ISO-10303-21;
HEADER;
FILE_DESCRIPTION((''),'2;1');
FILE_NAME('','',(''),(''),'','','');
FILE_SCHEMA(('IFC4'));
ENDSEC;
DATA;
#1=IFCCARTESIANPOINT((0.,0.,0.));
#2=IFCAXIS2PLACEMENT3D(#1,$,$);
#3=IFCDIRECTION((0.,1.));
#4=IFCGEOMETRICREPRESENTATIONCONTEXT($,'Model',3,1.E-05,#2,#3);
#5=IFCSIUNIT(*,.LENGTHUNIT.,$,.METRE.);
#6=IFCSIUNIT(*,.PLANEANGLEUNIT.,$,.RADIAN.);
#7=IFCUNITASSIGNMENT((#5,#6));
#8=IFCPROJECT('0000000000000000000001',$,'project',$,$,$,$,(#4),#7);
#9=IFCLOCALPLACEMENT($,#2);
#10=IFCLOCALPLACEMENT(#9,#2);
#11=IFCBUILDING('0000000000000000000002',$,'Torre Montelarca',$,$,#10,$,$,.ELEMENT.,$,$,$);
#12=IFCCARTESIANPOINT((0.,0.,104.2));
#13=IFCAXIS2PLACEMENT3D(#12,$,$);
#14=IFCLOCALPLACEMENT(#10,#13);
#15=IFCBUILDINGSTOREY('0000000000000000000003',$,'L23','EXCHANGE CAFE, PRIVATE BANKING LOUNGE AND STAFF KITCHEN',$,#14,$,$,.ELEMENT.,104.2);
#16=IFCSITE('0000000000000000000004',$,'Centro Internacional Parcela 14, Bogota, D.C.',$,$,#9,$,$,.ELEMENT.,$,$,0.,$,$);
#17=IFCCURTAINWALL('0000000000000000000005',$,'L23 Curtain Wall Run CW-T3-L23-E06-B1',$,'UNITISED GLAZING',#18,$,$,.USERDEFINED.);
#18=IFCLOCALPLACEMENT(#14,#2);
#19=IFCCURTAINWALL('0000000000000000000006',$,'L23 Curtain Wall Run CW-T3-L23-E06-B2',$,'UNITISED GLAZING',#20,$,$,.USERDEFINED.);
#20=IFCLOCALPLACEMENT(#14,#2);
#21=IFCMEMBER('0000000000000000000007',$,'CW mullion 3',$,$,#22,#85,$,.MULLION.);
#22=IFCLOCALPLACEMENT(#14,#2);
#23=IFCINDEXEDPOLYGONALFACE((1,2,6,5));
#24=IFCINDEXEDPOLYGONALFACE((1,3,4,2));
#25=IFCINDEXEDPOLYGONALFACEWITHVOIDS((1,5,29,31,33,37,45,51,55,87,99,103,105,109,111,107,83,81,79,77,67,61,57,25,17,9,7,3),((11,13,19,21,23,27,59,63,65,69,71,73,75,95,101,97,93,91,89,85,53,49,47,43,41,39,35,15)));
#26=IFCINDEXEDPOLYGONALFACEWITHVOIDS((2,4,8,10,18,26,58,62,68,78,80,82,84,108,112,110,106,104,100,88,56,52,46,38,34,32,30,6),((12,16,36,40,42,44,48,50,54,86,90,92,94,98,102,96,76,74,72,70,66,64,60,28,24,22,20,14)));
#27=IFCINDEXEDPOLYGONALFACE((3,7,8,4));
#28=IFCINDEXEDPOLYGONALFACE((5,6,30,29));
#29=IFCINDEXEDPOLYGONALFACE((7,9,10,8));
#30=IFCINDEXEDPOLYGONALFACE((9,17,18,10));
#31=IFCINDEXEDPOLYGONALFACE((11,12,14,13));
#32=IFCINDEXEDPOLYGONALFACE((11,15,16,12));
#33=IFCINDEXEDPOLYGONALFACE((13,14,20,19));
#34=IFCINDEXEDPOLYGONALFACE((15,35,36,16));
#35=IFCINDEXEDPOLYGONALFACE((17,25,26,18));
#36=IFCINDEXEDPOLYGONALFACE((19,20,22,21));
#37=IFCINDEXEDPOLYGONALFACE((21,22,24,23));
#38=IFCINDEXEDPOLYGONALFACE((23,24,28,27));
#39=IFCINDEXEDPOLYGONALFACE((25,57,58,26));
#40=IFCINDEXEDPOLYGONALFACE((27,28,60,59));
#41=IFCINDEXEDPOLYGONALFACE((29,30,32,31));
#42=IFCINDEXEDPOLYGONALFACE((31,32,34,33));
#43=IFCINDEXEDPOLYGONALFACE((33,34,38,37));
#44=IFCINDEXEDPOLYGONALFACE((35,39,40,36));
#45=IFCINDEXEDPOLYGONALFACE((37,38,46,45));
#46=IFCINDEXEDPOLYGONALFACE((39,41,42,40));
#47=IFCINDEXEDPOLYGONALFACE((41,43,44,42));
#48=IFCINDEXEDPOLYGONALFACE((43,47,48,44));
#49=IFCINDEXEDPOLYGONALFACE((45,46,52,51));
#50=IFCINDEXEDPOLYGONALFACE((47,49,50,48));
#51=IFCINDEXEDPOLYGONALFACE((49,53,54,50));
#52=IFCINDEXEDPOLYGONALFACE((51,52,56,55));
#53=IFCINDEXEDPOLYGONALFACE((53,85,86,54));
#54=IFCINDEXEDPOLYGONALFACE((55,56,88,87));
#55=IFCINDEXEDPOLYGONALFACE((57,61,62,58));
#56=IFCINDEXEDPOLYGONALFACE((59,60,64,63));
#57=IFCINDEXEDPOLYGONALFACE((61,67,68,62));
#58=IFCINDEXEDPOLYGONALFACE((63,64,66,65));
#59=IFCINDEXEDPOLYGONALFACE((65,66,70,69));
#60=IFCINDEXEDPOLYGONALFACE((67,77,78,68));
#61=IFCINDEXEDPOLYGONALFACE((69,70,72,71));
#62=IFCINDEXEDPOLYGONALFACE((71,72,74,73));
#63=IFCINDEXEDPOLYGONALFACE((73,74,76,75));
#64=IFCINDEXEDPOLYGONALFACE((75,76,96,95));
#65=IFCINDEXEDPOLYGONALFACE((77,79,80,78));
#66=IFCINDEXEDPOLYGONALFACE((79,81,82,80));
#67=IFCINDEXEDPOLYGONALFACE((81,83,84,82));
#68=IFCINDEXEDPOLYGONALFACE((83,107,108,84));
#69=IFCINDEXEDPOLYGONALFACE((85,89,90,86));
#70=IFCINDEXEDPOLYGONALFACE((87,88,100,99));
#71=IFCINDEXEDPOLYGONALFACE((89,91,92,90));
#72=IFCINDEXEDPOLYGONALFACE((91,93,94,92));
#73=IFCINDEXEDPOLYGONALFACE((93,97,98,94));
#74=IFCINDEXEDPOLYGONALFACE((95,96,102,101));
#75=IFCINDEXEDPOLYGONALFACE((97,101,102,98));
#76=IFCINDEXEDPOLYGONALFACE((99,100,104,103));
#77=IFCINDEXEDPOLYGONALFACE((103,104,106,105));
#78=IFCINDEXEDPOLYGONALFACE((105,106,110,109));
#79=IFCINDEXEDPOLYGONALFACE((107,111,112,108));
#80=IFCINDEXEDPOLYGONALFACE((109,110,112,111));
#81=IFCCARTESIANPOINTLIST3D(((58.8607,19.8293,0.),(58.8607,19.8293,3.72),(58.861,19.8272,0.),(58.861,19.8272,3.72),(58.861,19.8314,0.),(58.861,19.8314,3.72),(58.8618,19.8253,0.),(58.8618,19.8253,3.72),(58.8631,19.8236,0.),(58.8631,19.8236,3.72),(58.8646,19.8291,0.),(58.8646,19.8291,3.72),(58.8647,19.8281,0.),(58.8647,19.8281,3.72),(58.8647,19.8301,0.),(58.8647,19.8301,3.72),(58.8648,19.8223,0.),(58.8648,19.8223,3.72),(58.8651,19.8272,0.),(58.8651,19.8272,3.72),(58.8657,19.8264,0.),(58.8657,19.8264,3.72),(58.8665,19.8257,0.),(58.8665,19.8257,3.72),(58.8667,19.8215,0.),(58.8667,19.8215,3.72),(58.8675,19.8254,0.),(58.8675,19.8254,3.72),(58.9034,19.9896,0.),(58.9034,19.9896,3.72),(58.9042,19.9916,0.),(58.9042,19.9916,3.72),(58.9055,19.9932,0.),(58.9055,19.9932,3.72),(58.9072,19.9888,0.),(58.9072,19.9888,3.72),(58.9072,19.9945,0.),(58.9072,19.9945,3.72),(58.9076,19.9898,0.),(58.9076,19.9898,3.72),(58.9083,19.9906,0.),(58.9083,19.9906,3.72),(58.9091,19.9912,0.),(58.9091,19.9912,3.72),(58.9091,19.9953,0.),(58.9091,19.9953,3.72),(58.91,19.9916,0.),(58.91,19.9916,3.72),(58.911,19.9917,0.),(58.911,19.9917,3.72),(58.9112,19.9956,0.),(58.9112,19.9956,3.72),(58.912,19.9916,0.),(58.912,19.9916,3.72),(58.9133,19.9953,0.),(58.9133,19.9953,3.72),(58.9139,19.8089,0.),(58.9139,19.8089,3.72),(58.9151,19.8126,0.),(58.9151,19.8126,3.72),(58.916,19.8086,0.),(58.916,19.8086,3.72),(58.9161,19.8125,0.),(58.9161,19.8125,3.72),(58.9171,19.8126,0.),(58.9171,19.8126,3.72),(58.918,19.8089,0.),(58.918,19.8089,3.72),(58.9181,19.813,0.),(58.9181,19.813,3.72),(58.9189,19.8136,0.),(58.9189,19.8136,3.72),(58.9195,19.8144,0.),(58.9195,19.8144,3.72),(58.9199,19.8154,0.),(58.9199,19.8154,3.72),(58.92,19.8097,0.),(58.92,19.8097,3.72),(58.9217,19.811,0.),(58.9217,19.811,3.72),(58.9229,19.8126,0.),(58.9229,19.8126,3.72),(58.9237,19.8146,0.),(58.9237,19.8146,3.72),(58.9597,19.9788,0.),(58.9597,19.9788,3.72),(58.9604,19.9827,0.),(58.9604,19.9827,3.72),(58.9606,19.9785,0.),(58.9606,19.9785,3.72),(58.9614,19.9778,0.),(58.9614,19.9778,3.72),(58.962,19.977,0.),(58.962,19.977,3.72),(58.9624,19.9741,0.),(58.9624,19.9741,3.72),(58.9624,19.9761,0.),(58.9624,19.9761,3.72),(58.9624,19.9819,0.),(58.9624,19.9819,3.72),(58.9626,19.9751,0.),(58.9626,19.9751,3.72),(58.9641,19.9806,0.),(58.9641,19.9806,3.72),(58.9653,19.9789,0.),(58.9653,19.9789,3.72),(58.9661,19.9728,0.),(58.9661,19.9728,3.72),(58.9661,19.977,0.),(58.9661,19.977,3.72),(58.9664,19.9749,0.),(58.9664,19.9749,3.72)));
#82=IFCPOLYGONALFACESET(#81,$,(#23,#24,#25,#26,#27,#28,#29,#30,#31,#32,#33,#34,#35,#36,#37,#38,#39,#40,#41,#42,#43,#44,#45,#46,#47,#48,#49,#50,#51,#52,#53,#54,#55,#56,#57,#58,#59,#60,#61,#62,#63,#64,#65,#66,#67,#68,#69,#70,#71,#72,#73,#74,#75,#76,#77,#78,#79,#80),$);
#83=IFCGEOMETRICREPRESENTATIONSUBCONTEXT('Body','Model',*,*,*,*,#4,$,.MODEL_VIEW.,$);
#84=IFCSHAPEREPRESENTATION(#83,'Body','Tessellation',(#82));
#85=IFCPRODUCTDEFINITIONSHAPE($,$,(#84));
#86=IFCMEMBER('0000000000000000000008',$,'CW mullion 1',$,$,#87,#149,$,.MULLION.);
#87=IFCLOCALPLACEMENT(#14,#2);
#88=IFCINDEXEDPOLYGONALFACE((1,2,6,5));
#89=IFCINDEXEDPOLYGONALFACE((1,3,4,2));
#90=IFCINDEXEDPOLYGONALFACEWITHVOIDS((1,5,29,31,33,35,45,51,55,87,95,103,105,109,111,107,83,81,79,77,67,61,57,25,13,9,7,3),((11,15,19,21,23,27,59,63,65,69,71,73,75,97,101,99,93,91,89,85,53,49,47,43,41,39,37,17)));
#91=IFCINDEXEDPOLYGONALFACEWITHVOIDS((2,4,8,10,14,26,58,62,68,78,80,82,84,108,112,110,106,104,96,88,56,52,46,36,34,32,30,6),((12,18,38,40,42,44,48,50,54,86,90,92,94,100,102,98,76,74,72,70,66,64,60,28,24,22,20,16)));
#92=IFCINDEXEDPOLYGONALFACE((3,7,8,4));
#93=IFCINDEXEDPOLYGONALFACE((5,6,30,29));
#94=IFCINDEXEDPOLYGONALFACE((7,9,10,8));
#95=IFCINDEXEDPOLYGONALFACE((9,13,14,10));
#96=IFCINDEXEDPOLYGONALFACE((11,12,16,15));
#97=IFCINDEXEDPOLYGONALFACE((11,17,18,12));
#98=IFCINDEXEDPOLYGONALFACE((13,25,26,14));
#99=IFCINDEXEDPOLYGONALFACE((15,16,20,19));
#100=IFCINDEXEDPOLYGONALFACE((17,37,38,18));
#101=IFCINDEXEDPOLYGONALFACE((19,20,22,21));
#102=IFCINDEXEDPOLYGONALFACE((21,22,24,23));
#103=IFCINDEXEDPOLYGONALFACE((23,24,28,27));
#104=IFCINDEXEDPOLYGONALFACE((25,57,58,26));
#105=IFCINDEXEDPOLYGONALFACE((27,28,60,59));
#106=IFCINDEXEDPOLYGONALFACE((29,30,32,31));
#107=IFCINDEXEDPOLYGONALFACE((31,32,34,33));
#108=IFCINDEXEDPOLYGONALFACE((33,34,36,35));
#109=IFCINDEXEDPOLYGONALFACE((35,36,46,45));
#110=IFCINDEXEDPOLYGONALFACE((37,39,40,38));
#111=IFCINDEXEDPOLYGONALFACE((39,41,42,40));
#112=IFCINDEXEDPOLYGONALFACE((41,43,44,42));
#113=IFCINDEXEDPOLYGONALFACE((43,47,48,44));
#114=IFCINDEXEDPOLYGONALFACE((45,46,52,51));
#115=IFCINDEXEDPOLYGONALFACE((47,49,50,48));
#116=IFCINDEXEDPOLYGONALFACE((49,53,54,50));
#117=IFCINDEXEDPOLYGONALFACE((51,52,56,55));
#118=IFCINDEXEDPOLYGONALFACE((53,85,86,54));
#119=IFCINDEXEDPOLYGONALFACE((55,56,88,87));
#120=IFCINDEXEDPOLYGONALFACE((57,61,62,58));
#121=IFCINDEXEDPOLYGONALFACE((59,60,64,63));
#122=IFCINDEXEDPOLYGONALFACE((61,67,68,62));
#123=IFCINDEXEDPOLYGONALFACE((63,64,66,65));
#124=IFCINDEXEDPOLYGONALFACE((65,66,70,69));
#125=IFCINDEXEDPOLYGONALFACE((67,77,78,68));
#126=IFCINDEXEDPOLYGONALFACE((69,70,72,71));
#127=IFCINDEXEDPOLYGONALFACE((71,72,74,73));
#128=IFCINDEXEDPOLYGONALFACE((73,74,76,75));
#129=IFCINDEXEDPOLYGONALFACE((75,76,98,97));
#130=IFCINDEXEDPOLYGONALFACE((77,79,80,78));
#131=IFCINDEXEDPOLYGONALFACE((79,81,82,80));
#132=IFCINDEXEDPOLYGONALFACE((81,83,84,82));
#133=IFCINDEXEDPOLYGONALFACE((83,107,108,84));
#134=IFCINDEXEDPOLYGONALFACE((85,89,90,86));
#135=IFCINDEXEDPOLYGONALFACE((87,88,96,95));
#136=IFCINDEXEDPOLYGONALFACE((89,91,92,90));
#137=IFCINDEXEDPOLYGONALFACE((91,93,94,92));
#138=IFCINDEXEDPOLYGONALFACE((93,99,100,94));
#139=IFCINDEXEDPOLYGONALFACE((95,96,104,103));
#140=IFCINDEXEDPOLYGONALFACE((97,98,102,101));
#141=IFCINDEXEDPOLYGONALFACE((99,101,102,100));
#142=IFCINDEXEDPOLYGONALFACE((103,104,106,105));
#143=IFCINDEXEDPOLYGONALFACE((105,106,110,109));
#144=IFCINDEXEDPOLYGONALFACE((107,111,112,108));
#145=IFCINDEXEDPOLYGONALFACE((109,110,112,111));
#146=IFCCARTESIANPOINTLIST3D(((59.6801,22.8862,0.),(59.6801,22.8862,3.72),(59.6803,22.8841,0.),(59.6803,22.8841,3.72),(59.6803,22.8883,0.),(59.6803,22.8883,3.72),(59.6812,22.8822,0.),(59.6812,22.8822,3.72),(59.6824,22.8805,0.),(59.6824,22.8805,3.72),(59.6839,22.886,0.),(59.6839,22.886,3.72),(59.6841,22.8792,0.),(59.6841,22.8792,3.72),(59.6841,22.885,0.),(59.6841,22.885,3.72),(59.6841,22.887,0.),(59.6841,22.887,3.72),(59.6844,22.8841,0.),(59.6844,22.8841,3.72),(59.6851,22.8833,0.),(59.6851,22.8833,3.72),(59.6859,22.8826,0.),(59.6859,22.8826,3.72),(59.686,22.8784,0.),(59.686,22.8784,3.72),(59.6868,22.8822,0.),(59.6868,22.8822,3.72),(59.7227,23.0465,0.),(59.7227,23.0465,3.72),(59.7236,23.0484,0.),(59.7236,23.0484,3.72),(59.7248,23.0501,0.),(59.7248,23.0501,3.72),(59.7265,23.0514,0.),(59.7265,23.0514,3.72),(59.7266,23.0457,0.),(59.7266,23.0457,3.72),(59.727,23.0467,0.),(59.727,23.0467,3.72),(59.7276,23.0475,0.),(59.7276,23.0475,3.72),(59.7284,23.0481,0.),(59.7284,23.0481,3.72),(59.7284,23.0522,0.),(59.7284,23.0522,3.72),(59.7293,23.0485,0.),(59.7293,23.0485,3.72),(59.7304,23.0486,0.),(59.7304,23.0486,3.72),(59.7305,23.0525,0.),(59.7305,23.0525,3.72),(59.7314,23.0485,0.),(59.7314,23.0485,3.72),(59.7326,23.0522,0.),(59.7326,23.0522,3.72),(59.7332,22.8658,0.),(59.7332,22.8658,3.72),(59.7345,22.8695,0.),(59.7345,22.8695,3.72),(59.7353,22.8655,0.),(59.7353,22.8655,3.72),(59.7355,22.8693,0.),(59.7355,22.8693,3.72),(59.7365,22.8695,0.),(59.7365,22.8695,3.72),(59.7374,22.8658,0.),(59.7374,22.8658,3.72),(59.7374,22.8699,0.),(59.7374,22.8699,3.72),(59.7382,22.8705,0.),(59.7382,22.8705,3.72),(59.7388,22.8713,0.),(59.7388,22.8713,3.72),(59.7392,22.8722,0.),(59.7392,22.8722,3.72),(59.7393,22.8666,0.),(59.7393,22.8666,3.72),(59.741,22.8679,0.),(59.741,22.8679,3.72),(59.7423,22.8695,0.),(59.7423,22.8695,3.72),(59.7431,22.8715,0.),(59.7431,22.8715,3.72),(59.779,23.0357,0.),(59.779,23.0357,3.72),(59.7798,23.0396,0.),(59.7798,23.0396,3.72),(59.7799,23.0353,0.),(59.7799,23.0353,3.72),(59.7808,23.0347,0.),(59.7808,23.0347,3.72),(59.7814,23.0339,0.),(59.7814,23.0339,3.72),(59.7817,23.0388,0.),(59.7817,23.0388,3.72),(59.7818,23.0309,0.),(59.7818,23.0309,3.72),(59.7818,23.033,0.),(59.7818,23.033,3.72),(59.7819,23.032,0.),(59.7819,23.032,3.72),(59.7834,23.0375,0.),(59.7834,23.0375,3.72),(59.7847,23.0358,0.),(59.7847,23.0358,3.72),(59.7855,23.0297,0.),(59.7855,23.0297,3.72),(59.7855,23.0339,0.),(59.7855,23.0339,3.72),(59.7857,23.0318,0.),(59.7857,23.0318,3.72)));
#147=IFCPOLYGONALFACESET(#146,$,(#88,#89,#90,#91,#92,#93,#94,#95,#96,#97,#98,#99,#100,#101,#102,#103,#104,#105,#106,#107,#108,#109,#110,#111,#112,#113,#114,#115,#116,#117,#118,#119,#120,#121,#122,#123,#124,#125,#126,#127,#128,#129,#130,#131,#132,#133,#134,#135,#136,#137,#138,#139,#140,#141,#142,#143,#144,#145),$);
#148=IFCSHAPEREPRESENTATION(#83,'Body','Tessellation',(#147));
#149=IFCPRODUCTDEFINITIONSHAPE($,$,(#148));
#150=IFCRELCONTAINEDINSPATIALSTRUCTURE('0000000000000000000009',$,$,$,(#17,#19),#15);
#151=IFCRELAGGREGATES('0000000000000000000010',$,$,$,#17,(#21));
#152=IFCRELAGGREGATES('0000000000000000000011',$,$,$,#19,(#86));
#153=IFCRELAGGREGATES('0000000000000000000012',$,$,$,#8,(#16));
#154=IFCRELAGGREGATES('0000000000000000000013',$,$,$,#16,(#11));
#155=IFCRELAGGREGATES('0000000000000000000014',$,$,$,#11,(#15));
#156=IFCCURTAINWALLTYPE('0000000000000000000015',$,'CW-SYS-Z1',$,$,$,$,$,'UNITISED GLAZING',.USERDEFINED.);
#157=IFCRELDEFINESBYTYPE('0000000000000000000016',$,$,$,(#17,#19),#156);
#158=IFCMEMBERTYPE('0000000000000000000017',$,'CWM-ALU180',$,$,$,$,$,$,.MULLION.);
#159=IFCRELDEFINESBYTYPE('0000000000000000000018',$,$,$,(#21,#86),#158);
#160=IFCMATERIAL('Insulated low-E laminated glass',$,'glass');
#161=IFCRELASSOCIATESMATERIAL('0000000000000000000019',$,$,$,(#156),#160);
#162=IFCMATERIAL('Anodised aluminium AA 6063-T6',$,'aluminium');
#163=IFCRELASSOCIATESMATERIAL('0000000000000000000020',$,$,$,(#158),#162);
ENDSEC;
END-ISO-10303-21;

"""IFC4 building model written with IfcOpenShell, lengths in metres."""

from ifc_helpers import new_model, si_unit, direction, frame, origin, origin_2d, place, context, subcontext, project, spatial, hollow_rectangle, extrude, source, transform, mapped, material, material_profile, profile_set, type_object, element, aggregate, save


model = new_model("IFC4")

# Units and contexts
model_context = context("Model", 3, precision=1e-05, world=origin(), true_north=direction((0.0, 1.0)))
body_context = subcontext(model_context, "Body", "Model", "MODEL_VIEW")
ifc_project = project(units=[si_unit("LENGTHUNIT", "METRE"), si_unit("PLANEANGLEUNIT", "RADIAN")], contexts=[model_context])

# Site, building, storey
site_placement = place(None, origin())
site = spatial("IfcSite", under=ifc_project, at=site_placement, Name="Centro Internacional Parcela 14, Bogota, D.C.", CompositionType="ELEMENT", RefElevation=0.0)
building_placement = place(site_placement, origin())
building = spatial("IfcBuilding", under=site, at=building_placement, Name="Torre Montelarca", CompositionType="ELEMENT")
storey_placement = place(building_placement, frame((0.0, 0.0, 104.2)))
storey = spatial("IfcBuildingStorey", under=building, at=storey_placement, Name="L23", Description="EXCHANGE CAFE, PRIVATE BANKING LOUNGE AND STAFF KITCHEN", CompositionType="ELEMENT", Elevation=104.2)

# Curtain walls
ifc_material_1 = material(Name="Insulated low-E laminated glass", Category="glass")
curtain_wall_type = type_object("IfcCurtainWallType", Name="CW-SYS-Z1", ElementType="UNITISED GLAZING", PredefinedType="USERDEFINED", material=ifc_material_1)
ifc_material_2 = material(Name="Anodised aluminium AA 6063-T6", Category="aluminium")
curtain_wall_1_placement = place(storey_placement, origin())
curtain_wall_1 = element("IfcCurtainWall", 1, at=curtain_wall_1_placement, inside=storey, type_object=curtain_wall_type, Name="L23 Curtain Wall Run CW-T3-L23-E06-B1", ObjectType="UNITISED GLAZING", PredefinedType="USERDEFINED")
curtain_wall_2_placement = place(storey_placement, origin())
curtain_wall_2 = element("IfcCurtainWall", 2, at=curtain_wall_2_placement, inside=storey, type_object=curtain_wall_type, Name="L23 Curtain Wall Run CW-T3-L23-E06-B2", ObjectType="UNITISED GLAZING", PredefinedType="USERDEFINED")

# Shared definitions
ifc_material_profile_1 = material_profile(ifc_material_2, hollow_rectangle(XDim=0.0649, YDim=0.1799, WallThickness=0.0039, InnerFilletRadius=0.0039, OuterFilletRadius=0.0081, at=origin_2d()), Name="ALU65X180X4", Category="aluminium")
ifc_profile_set_1 = profile_set([ifc_material_profile_1], Name="Anodised aluminium AA 6063-T6")
member_type_1 = type_object("IfcMemberType", Name="CWM-ALU180", PredefinedType="MULLION", material=ifc_profile_set_1)
shared_shape_1 = source(origin(), body_context, "Body", "SweptSolid", [
    extrude(hollow_rectangle(XDim=0.0649, YDim=0.1799, WallThickness=0.0039, InnerFilletRadius=0.0039, OuterFilletRadius=0.0081, at=origin_2d()), origin(), (0.0, 0.0, 1.0), 3.72),
])

# Members
member_1_placement = place(storey_placement, frame((58.9136, 19.9021, 0.0), z_axis=(0.0, 0.0, 1.0), x_axis=(-0.965927, 0.258813, 0.0)))
member_1 = element("IfcMember", 3, at=member_1_placement, type_object=member_type_1, Name="CW mullion 3", PredefinedType="MULLION", context=body_context, shape_type="MappedRepresentation", body=[
    mapped(shared_shape_1, transform((0.0, 0.0, 0.0), scale=1.0)),
])
member_2_placement = place(storey_placement, frame((59.7329, 22.959, 0.0), z_axis=(0.0, 0.0, 1.0), x_axis=(-0.965923, 0.258829, 0.0)))
member_2 = element("IfcMember", 4, at=member_2_placement, type_object=member_type_1, Name="CW mullion 1", PredefinedType="MULLION", context=body_context, shape_type="MappedRepresentation", body=[
    mapped(shared_shape_1, transform((0.0, 0.0, 0.0), scale=1.0)),
])

aggregate(curtain_wall_1, [member_1])
aggregate(curtain_wall_2, [member_2])

save(model, "model.ifc")
